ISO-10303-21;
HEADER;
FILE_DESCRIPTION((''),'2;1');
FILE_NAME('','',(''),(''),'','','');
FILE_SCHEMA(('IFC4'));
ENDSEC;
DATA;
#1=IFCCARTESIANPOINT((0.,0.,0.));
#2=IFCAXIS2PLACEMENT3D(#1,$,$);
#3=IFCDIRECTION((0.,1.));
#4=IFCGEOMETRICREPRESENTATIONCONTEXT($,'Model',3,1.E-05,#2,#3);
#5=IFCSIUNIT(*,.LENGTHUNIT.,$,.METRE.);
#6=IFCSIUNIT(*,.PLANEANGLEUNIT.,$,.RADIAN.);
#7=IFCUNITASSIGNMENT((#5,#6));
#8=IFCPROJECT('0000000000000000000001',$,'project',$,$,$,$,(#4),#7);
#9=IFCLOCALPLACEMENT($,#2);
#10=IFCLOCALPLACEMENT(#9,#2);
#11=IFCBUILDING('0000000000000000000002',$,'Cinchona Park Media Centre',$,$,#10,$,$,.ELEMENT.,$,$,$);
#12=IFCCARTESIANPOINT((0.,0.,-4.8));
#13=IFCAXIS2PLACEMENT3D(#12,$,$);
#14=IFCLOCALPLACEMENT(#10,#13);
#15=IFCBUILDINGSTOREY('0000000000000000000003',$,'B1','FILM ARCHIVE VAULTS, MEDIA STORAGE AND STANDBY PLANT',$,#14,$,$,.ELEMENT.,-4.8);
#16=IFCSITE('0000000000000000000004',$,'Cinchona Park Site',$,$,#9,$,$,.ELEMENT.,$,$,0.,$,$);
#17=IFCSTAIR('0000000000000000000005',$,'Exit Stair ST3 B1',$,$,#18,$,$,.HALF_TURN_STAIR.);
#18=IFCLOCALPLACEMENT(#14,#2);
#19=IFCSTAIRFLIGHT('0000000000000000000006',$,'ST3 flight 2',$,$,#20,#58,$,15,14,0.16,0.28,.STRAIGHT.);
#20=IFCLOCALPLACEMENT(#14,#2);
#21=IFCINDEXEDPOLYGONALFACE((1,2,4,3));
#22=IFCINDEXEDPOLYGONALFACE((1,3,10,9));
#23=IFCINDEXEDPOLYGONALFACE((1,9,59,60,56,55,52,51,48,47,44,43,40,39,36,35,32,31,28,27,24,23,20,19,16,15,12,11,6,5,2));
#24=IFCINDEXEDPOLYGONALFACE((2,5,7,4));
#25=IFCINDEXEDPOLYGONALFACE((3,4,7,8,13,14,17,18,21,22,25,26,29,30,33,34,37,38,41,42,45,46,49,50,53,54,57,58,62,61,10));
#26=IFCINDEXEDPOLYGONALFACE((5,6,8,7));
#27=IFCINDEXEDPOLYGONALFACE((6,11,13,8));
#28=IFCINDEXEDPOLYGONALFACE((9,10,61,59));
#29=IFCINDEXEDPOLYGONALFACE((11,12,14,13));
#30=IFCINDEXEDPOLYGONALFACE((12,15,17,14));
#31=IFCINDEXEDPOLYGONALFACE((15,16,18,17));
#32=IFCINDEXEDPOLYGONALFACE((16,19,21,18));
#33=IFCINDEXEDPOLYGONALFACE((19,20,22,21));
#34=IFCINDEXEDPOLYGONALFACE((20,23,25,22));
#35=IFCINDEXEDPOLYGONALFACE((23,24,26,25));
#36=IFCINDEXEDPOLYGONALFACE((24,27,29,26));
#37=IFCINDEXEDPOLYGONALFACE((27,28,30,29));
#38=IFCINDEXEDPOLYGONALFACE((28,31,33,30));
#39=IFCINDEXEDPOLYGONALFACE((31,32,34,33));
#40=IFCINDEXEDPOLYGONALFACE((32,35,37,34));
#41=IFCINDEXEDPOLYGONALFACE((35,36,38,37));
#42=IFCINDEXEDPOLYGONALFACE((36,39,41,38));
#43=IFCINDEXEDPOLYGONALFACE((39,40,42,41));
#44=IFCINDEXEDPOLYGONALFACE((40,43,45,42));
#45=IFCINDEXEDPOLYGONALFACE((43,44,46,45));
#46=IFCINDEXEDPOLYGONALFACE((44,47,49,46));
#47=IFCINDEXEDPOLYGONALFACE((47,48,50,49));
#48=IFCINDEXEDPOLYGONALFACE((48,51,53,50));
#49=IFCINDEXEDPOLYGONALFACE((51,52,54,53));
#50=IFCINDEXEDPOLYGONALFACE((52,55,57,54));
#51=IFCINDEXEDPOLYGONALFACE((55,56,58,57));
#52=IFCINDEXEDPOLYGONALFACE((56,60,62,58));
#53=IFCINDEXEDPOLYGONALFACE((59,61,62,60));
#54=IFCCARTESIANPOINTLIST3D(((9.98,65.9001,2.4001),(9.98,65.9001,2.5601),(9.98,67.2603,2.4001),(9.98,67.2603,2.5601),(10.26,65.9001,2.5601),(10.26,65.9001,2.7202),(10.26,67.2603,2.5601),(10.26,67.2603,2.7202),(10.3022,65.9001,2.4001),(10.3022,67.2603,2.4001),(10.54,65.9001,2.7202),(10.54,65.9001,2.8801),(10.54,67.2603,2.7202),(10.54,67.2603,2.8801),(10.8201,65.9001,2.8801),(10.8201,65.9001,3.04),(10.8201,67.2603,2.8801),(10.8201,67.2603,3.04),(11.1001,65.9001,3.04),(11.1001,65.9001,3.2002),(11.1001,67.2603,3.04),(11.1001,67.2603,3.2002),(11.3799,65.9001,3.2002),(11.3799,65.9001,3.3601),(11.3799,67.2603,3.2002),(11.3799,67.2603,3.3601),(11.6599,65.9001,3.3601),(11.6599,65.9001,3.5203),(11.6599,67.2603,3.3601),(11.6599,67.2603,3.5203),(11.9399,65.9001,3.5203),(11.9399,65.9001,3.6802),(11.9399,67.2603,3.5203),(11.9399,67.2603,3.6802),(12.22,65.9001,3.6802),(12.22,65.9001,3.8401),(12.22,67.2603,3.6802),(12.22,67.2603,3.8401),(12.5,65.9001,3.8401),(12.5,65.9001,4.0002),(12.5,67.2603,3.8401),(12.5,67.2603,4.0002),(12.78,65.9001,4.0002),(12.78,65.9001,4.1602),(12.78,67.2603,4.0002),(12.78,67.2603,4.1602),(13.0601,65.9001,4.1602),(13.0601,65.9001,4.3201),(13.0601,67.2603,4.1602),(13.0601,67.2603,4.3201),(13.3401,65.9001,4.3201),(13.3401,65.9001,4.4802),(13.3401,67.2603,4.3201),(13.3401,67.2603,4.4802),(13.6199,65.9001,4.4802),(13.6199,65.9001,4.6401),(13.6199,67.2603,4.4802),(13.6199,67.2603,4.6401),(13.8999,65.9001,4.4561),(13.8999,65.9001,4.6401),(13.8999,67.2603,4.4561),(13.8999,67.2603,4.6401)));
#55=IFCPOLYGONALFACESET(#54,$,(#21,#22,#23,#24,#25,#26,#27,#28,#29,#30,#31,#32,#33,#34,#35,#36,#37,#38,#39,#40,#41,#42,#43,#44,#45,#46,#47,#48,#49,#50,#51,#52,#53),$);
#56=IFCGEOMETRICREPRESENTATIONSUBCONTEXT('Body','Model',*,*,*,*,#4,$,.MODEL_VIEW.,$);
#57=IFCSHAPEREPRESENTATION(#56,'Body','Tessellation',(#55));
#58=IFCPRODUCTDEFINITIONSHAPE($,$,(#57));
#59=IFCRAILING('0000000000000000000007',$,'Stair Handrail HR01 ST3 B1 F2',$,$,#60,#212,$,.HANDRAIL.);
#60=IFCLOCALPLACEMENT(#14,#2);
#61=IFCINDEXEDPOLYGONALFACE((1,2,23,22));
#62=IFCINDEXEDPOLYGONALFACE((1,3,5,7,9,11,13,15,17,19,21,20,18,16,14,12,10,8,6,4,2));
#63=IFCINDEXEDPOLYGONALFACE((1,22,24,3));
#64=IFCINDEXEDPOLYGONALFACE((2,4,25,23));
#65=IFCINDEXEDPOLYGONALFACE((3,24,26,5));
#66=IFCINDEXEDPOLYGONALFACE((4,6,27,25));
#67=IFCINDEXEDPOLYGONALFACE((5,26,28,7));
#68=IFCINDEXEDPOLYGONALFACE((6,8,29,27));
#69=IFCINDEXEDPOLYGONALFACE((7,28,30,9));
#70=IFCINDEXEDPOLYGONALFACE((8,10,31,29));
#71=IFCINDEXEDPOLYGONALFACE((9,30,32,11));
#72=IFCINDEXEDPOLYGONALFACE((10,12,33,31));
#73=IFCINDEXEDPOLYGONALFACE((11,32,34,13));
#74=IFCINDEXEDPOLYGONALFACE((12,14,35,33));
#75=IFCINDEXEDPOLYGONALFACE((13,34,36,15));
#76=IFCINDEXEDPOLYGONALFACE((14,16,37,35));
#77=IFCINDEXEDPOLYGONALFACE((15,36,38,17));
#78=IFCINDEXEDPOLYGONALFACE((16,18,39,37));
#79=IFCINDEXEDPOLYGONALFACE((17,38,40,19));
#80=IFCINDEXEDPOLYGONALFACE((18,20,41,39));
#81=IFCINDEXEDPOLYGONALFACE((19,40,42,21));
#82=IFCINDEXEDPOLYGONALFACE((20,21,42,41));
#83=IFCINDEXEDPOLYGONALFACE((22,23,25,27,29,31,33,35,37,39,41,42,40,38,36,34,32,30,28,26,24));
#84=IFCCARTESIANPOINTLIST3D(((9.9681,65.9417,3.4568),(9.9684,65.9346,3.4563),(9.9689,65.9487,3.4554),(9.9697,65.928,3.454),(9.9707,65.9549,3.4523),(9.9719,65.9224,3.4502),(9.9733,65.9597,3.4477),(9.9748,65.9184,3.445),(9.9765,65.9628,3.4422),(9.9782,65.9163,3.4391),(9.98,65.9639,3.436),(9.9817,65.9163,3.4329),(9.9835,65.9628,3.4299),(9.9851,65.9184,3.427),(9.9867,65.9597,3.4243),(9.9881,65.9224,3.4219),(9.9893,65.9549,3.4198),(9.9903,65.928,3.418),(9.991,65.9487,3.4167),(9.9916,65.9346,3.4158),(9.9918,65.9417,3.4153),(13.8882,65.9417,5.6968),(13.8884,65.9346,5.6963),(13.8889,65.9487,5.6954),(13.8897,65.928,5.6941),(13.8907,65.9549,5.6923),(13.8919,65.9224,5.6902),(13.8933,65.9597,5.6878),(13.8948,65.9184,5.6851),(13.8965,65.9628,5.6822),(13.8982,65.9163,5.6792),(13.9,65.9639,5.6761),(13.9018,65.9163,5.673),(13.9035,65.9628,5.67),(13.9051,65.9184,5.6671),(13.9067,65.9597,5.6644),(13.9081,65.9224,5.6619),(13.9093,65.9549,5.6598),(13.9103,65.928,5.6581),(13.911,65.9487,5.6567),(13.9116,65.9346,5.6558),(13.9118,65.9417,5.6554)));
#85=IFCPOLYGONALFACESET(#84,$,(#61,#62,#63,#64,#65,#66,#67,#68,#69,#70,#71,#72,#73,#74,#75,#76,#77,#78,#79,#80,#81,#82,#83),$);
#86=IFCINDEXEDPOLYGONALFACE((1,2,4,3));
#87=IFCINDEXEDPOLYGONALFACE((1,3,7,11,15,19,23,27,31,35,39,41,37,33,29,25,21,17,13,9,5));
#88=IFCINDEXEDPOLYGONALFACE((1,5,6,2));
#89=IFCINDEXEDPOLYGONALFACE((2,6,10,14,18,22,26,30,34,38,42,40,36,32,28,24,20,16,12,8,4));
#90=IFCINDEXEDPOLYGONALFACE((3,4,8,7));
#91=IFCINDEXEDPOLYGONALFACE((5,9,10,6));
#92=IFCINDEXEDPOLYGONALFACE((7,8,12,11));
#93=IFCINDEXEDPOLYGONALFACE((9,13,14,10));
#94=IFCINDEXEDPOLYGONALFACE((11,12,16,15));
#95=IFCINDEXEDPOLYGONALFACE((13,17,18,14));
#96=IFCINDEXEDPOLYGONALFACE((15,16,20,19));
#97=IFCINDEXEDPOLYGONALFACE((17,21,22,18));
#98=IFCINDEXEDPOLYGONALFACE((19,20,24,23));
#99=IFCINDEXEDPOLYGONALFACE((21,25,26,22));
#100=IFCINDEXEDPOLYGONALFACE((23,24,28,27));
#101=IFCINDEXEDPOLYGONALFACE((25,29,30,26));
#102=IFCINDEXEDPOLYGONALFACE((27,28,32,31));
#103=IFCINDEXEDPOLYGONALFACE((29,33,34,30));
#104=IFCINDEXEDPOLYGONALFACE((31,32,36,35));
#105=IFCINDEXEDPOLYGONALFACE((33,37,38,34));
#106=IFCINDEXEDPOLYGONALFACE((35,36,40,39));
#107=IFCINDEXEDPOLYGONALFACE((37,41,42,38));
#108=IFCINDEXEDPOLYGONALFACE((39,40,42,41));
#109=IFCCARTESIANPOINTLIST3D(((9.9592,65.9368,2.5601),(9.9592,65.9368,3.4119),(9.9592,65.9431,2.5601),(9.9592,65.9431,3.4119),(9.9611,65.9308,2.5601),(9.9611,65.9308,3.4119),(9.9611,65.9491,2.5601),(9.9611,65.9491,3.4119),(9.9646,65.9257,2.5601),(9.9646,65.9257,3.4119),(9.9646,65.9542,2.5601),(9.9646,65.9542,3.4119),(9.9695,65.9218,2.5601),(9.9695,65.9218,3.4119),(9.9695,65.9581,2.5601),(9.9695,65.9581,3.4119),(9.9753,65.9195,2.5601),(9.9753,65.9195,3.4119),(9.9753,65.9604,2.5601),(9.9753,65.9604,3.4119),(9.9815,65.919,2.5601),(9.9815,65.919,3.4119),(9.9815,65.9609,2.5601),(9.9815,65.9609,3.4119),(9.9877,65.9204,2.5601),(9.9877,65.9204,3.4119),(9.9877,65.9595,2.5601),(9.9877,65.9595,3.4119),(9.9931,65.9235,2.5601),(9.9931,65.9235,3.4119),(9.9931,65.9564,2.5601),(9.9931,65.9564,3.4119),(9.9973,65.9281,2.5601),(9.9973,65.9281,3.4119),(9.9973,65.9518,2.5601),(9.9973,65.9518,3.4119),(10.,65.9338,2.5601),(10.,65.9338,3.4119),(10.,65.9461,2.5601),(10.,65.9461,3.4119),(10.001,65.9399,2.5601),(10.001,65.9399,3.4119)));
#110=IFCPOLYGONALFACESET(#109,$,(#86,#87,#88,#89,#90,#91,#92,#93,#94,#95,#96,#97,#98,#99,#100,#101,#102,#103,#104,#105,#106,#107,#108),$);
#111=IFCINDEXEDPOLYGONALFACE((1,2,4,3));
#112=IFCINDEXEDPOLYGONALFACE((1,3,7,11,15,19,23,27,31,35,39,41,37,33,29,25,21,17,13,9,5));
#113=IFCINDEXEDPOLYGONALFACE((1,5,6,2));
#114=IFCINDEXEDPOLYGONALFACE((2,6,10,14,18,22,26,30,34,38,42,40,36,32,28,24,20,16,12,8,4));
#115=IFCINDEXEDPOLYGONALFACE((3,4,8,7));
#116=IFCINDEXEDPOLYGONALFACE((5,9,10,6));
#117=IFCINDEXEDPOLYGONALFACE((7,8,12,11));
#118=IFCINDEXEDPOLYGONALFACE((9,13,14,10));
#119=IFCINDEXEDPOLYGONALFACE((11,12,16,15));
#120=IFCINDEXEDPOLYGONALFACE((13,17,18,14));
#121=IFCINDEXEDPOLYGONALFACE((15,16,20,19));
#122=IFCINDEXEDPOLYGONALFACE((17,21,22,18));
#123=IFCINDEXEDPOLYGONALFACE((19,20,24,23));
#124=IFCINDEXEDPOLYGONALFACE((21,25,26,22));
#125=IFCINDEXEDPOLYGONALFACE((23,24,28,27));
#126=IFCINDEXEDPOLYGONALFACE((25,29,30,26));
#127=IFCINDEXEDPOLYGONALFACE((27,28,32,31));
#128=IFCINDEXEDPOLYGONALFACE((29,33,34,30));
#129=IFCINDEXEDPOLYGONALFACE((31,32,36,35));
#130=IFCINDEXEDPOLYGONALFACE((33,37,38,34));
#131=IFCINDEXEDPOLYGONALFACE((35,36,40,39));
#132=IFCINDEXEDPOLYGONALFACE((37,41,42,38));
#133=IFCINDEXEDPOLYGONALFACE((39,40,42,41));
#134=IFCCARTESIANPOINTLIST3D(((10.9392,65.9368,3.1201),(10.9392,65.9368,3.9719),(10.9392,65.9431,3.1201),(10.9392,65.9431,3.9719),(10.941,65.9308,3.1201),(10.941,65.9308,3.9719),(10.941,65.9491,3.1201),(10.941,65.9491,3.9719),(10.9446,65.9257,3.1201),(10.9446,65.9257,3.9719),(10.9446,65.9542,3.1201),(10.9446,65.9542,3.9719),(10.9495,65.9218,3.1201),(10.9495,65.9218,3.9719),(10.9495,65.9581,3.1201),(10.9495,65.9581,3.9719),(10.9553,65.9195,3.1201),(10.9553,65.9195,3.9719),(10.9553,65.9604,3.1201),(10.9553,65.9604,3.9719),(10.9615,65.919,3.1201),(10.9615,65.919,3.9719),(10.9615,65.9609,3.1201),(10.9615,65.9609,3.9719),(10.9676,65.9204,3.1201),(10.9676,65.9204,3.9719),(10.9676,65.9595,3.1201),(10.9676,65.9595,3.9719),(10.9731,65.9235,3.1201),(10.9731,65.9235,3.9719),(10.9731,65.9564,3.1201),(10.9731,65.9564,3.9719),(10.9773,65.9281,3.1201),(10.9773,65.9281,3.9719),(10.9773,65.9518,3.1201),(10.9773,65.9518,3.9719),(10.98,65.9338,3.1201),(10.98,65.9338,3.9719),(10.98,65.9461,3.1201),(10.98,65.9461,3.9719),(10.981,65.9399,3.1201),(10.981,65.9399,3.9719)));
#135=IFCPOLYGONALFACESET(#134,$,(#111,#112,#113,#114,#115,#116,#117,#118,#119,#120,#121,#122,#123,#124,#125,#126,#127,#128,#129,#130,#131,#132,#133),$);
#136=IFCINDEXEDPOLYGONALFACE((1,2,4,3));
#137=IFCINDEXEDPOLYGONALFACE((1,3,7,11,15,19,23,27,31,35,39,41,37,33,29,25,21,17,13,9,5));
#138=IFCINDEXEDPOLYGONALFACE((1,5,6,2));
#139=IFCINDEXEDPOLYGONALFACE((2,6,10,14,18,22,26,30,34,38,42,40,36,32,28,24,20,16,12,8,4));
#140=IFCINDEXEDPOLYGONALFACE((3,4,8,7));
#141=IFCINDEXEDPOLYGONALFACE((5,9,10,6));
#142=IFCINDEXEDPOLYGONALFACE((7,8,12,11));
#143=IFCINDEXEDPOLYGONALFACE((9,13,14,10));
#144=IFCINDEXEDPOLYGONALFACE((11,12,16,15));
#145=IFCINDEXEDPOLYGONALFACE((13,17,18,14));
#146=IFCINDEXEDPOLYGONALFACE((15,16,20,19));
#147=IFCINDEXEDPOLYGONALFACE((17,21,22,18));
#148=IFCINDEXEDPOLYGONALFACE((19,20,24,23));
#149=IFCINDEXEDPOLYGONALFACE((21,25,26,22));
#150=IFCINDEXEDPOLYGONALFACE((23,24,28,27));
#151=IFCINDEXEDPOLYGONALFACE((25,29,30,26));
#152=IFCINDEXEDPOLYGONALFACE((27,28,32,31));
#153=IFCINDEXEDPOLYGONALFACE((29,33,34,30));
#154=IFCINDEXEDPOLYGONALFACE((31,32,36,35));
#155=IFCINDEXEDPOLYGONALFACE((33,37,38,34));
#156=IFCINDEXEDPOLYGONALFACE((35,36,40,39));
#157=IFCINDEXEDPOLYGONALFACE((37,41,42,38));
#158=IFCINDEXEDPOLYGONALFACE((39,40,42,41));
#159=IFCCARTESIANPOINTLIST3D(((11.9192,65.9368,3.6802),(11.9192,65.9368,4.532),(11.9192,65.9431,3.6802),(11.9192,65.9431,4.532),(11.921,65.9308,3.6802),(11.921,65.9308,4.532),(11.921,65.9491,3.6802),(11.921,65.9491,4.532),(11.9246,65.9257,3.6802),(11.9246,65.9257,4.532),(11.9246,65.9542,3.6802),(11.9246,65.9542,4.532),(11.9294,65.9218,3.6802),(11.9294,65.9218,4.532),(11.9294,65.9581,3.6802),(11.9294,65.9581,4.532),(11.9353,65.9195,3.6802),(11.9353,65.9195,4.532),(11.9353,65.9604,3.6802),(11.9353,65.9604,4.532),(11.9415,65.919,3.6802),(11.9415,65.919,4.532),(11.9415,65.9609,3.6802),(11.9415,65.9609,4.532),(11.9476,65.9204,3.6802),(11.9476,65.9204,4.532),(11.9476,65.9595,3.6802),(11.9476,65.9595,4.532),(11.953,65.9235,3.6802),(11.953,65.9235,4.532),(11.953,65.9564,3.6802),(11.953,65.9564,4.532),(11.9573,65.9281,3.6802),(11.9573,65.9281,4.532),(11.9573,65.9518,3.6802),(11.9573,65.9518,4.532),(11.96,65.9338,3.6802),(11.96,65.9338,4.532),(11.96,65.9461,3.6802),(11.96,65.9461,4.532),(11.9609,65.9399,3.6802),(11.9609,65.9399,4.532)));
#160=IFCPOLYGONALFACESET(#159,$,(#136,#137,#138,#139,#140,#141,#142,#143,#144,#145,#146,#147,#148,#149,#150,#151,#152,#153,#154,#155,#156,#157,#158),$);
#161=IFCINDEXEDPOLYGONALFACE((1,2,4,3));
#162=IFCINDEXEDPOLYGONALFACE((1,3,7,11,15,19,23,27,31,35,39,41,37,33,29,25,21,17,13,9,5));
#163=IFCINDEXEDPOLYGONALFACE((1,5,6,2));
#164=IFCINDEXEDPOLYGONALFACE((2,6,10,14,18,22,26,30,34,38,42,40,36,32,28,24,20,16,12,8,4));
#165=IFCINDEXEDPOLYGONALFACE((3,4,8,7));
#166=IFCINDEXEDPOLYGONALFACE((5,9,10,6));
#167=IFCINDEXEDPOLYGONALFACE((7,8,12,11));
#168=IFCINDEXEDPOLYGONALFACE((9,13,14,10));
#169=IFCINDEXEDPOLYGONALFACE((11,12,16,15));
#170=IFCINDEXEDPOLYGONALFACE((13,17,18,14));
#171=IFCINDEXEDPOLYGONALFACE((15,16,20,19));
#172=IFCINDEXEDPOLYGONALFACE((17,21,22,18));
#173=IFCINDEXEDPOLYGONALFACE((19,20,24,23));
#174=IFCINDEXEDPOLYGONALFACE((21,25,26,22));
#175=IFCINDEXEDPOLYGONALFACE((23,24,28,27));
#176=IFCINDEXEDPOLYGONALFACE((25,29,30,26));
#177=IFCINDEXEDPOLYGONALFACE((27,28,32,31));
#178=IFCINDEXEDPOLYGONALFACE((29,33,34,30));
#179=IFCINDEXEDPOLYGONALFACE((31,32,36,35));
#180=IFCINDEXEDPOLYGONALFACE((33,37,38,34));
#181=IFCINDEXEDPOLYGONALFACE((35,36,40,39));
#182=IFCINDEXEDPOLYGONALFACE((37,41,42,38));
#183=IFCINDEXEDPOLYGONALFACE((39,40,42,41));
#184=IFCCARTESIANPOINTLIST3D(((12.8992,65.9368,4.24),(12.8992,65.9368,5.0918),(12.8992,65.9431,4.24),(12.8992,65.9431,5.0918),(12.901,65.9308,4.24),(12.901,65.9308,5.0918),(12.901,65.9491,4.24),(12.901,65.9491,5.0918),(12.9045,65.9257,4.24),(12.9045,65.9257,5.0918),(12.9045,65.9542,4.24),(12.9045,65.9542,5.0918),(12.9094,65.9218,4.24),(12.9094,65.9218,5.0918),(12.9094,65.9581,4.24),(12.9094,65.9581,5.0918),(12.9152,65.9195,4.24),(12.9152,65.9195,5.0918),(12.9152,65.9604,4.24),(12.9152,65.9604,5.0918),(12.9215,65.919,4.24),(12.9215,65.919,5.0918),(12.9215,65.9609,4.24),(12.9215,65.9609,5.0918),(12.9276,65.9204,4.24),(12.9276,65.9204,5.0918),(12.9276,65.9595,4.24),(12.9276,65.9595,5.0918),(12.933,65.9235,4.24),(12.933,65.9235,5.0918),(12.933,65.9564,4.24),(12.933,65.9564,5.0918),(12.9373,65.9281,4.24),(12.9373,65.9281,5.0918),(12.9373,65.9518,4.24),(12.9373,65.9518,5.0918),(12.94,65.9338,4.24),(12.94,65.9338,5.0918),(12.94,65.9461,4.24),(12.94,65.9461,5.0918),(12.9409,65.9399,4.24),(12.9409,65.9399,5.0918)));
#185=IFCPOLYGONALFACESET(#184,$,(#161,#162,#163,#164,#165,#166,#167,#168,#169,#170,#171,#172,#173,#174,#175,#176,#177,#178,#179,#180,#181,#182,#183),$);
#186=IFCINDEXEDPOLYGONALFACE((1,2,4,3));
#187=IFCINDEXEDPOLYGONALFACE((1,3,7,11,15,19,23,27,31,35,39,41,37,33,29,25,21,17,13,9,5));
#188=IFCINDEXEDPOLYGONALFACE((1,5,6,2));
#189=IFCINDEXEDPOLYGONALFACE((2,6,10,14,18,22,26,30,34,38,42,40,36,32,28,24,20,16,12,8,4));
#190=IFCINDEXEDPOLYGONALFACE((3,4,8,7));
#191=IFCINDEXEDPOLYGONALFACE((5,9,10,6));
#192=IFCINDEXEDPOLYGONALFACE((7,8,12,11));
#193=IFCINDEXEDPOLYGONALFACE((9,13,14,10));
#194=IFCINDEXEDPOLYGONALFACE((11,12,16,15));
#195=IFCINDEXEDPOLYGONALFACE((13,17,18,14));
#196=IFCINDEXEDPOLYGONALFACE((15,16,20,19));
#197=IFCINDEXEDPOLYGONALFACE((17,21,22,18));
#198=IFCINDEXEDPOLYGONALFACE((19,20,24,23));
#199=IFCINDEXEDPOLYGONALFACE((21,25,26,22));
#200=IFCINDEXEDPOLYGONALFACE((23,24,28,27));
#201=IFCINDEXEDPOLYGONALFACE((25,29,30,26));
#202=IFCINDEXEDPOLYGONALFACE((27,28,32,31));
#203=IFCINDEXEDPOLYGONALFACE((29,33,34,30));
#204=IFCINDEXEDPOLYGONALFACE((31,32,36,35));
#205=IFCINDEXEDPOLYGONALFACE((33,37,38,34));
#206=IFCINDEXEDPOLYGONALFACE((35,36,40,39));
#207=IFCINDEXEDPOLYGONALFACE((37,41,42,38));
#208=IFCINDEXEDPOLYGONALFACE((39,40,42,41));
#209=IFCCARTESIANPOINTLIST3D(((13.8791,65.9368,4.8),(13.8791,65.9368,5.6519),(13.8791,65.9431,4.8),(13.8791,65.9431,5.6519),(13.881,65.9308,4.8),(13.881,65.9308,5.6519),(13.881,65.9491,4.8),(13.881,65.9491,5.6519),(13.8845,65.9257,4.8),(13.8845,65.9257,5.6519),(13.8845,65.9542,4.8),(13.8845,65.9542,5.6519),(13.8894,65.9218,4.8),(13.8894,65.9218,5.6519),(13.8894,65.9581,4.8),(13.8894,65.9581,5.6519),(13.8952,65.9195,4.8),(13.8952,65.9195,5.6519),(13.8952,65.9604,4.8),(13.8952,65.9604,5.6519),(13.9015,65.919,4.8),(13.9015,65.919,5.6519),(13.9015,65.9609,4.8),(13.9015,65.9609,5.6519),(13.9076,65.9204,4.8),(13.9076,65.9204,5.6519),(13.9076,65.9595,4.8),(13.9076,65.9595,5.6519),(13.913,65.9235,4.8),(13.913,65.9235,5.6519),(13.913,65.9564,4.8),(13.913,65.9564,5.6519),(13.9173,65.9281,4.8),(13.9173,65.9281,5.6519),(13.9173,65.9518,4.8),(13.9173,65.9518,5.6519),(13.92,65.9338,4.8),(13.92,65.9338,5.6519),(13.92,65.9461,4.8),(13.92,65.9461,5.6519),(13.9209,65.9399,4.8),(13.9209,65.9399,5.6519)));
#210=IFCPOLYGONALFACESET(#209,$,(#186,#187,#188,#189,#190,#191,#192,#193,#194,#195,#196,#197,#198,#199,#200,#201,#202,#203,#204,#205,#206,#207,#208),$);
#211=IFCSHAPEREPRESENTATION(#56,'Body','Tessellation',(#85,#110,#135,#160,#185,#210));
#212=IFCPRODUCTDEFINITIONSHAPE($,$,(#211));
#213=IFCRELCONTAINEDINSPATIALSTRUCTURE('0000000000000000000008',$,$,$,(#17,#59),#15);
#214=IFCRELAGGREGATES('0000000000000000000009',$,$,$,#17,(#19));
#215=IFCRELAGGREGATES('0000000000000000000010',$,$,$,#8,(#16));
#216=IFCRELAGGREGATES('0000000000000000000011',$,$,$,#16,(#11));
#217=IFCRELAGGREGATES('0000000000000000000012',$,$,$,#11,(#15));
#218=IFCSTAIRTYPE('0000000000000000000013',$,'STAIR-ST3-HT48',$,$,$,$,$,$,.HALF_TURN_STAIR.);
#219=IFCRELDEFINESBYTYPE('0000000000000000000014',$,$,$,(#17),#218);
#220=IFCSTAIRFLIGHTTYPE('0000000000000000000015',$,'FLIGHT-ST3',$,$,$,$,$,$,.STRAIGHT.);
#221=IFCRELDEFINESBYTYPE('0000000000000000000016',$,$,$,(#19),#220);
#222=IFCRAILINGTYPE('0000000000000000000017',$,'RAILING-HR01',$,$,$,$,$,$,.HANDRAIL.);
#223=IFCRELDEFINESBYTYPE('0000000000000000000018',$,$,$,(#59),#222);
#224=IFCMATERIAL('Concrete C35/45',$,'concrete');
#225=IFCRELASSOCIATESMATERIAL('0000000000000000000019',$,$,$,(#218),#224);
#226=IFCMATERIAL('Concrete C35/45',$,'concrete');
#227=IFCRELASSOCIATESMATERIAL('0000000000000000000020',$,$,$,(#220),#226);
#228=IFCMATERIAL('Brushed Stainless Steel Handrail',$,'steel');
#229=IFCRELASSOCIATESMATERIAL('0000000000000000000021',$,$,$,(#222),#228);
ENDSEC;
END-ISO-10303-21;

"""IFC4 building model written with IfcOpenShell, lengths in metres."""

from ifc_helpers import new_model, si_unit, direction, frame, origin, origin_2d, place, context, subcontext, project, spatial, polyline, circle, outline, extrude, material, type_object, element, aggregate, save


model = new_model("IFC4")

# Units and contexts
model_context = context("Model", 3, precision=1e-05, world=origin(), true_north=direction((0.0, 1.0)))
body_context = subcontext(model_context, "Body", "Model", "MODEL_VIEW")
ifc_project = project(units=[si_unit("LENGTHUNIT", "METRE"), si_unit("PLANEANGLEUNIT", "RADIAN")], contexts=[model_context])

# Site, building, storey
site_placement = place(None, origin())
site = spatial("IfcSite", under=ifc_project, at=site_placement, Name="Cinchona Park Site", CompositionType="ELEMENT", RefElevation=0.0)
building_placement = place(site_placement, origin())
building = spatial("IfcBuilding", under=site, at=building_placement, Name="Cinchona Park Media Centre", CompositionType="ELEMENT")
storey_placement = place(building_placement, frame((0.0, 0.0, -4.8)))
storey = spatial("IfcBuildingStorey", under=building, at=storey_placement, Name="B1", Description="FILM ARCHIVE VAULTS, MEDIA STORAGE AND STANDBY PLANT", CompositionType="ELEMENT", Elevation=-4.8)

# Stair, stair flight
ifc_material_1 = material(Name="Concrete C35/45", Category="concrete")
stair_type = type_object("IfcStairType", Name="STAIR-ST3-HT48", PredefinedType="HALF_TURN_STAIR", material=ifc_material_1)
stair_placement = place(storey_placement, origin())
stair = element("IfcStair", 1, at=stair_placement, inside=storey, type_object=stair_type, Name="Exit Stair ST3 B1", PredefinedType="HALF_TURN_STAIR")
ifc_material_2 = material(Name="Concrete C35/45", Category="concrete")
stair_flight_type = type_object("IfcStairFlightType", Name="FLIGHT-ST3", PredefinedType="STRAIGHT", material=ifc_material_2)
stair_flight_placement = place(storey_placement, frame((9.98, 66.5801, 2.4001), z_axis=(0.0, 0.0, 1.0), x_axis=(1.0, 0.0, 0.0)))
stair_flight = element("IfcStairFlight", 2, at=stair_flight_placement, type_object=stair_flight_type, Name="ST3 flight 2", NumberOfRisers=15, NumberOfTreads=14, PredefinedType="STRAIGHT", RiserHeight=0.16, TreadLength=0.28, context=body_context, shape_type="SweptSolid", body=[
    extrude(outline(polyline([(0.0, 0.0), (0.0, 0.1599), (0.28, 0.1599), (0.28, 0.3201), (0.5601, 0.3201), (0.5601, 0.48), (0.8401, 0.48), (0.8401, 0.6399), (1.1201, 0.6399), (1.1201, 0.8), (1.3999, 0.8), (1.3999, 0.96), (1.6799, 0.96), (1.6799, 1.1201), (1.96, 1.1201), (1.96, 1.28), (2.24, 1.28), (2.24, 1.4399), (2.52, 1.4399), (2.52, 1.6001), (2.8, 1.6001), (2.8, 1.76), (3.0801, 1.76), (3.0801, 1.9199), (3.3601, 1.9199), (3.3601, 2.0801), (3.6399, 2.0801), (3.6399, 2.24), (3.9199, 2.24), (3.9199, 2.3999), (3.9199, 2.0559), (0.3223, 0.0), (0.0, 0.0)])), frame((0.0, 0.6802, 0.0), z_axis=(0.0, -1.0, 0.0), x_axis=(1.0, 0.0, 0.0)), (0.0, 0.0, 1.0), 1.3601),
])
aggregate(stair, [stair_flight])

# Railing
ifc_material_3 = material(Name="Brushed Stainless Steel Handrail", Category="steel")
railing_type = type_object("IfcRailingType", Name="RAILING-HR01", PredefinedType="HANDRAIL", material=ifc_material_3)
railing_placement = place(storey_placement, frame((9.98, 65.9399, 2.5601)))
element("IfcRailing", 3, at=railing_placement, inside=storey, type_object=railing_type, Name="Stair Handrail HR01 ST3 B1 F2", PredefinedType="HANDRAIL", context=body_context, shape_type="SweptSolid", body=[
    extrude(circle(Radius=0.0239, at=origin_2d()), frame((0.0, 0.0, 0.876), z_axis=(0.86824, 0.0, 0.496145), x_axis=(0.0, 1.0, 0.0)), (0.0, 0.0, 1.0), 4.5149),
    extrude(circle(Radius=0.021, at=origin_2d()), origin(), (0.0, 0.0, 1.0), 0.8518),
    extrude(circle(Radius=0.021, at=origin_2d()), frame((0.98, 0.0, 0.5601)), (0.0, 0.0, 1.0), 0.8518),
    extrude(circle(Radius=0.021, at=origin_2d()), frame((1.96, 0.0, 1.1201)), (0.0, 0.0, 1.0), 0.8518),
    extrude(circle(Radius=0.021, at=origin_2d()), frame((2.9399, 0.0, 1.6799)), (0.0, 0.0, 1.0), 0.8518),
    extrude(circle(Radius=0.021, at=origin_2d()), frame((3.9199, 0.0, 2.24)), (0.0, 0.0, 1.0), 0.8518),
])

save(model, "model.ifc")
